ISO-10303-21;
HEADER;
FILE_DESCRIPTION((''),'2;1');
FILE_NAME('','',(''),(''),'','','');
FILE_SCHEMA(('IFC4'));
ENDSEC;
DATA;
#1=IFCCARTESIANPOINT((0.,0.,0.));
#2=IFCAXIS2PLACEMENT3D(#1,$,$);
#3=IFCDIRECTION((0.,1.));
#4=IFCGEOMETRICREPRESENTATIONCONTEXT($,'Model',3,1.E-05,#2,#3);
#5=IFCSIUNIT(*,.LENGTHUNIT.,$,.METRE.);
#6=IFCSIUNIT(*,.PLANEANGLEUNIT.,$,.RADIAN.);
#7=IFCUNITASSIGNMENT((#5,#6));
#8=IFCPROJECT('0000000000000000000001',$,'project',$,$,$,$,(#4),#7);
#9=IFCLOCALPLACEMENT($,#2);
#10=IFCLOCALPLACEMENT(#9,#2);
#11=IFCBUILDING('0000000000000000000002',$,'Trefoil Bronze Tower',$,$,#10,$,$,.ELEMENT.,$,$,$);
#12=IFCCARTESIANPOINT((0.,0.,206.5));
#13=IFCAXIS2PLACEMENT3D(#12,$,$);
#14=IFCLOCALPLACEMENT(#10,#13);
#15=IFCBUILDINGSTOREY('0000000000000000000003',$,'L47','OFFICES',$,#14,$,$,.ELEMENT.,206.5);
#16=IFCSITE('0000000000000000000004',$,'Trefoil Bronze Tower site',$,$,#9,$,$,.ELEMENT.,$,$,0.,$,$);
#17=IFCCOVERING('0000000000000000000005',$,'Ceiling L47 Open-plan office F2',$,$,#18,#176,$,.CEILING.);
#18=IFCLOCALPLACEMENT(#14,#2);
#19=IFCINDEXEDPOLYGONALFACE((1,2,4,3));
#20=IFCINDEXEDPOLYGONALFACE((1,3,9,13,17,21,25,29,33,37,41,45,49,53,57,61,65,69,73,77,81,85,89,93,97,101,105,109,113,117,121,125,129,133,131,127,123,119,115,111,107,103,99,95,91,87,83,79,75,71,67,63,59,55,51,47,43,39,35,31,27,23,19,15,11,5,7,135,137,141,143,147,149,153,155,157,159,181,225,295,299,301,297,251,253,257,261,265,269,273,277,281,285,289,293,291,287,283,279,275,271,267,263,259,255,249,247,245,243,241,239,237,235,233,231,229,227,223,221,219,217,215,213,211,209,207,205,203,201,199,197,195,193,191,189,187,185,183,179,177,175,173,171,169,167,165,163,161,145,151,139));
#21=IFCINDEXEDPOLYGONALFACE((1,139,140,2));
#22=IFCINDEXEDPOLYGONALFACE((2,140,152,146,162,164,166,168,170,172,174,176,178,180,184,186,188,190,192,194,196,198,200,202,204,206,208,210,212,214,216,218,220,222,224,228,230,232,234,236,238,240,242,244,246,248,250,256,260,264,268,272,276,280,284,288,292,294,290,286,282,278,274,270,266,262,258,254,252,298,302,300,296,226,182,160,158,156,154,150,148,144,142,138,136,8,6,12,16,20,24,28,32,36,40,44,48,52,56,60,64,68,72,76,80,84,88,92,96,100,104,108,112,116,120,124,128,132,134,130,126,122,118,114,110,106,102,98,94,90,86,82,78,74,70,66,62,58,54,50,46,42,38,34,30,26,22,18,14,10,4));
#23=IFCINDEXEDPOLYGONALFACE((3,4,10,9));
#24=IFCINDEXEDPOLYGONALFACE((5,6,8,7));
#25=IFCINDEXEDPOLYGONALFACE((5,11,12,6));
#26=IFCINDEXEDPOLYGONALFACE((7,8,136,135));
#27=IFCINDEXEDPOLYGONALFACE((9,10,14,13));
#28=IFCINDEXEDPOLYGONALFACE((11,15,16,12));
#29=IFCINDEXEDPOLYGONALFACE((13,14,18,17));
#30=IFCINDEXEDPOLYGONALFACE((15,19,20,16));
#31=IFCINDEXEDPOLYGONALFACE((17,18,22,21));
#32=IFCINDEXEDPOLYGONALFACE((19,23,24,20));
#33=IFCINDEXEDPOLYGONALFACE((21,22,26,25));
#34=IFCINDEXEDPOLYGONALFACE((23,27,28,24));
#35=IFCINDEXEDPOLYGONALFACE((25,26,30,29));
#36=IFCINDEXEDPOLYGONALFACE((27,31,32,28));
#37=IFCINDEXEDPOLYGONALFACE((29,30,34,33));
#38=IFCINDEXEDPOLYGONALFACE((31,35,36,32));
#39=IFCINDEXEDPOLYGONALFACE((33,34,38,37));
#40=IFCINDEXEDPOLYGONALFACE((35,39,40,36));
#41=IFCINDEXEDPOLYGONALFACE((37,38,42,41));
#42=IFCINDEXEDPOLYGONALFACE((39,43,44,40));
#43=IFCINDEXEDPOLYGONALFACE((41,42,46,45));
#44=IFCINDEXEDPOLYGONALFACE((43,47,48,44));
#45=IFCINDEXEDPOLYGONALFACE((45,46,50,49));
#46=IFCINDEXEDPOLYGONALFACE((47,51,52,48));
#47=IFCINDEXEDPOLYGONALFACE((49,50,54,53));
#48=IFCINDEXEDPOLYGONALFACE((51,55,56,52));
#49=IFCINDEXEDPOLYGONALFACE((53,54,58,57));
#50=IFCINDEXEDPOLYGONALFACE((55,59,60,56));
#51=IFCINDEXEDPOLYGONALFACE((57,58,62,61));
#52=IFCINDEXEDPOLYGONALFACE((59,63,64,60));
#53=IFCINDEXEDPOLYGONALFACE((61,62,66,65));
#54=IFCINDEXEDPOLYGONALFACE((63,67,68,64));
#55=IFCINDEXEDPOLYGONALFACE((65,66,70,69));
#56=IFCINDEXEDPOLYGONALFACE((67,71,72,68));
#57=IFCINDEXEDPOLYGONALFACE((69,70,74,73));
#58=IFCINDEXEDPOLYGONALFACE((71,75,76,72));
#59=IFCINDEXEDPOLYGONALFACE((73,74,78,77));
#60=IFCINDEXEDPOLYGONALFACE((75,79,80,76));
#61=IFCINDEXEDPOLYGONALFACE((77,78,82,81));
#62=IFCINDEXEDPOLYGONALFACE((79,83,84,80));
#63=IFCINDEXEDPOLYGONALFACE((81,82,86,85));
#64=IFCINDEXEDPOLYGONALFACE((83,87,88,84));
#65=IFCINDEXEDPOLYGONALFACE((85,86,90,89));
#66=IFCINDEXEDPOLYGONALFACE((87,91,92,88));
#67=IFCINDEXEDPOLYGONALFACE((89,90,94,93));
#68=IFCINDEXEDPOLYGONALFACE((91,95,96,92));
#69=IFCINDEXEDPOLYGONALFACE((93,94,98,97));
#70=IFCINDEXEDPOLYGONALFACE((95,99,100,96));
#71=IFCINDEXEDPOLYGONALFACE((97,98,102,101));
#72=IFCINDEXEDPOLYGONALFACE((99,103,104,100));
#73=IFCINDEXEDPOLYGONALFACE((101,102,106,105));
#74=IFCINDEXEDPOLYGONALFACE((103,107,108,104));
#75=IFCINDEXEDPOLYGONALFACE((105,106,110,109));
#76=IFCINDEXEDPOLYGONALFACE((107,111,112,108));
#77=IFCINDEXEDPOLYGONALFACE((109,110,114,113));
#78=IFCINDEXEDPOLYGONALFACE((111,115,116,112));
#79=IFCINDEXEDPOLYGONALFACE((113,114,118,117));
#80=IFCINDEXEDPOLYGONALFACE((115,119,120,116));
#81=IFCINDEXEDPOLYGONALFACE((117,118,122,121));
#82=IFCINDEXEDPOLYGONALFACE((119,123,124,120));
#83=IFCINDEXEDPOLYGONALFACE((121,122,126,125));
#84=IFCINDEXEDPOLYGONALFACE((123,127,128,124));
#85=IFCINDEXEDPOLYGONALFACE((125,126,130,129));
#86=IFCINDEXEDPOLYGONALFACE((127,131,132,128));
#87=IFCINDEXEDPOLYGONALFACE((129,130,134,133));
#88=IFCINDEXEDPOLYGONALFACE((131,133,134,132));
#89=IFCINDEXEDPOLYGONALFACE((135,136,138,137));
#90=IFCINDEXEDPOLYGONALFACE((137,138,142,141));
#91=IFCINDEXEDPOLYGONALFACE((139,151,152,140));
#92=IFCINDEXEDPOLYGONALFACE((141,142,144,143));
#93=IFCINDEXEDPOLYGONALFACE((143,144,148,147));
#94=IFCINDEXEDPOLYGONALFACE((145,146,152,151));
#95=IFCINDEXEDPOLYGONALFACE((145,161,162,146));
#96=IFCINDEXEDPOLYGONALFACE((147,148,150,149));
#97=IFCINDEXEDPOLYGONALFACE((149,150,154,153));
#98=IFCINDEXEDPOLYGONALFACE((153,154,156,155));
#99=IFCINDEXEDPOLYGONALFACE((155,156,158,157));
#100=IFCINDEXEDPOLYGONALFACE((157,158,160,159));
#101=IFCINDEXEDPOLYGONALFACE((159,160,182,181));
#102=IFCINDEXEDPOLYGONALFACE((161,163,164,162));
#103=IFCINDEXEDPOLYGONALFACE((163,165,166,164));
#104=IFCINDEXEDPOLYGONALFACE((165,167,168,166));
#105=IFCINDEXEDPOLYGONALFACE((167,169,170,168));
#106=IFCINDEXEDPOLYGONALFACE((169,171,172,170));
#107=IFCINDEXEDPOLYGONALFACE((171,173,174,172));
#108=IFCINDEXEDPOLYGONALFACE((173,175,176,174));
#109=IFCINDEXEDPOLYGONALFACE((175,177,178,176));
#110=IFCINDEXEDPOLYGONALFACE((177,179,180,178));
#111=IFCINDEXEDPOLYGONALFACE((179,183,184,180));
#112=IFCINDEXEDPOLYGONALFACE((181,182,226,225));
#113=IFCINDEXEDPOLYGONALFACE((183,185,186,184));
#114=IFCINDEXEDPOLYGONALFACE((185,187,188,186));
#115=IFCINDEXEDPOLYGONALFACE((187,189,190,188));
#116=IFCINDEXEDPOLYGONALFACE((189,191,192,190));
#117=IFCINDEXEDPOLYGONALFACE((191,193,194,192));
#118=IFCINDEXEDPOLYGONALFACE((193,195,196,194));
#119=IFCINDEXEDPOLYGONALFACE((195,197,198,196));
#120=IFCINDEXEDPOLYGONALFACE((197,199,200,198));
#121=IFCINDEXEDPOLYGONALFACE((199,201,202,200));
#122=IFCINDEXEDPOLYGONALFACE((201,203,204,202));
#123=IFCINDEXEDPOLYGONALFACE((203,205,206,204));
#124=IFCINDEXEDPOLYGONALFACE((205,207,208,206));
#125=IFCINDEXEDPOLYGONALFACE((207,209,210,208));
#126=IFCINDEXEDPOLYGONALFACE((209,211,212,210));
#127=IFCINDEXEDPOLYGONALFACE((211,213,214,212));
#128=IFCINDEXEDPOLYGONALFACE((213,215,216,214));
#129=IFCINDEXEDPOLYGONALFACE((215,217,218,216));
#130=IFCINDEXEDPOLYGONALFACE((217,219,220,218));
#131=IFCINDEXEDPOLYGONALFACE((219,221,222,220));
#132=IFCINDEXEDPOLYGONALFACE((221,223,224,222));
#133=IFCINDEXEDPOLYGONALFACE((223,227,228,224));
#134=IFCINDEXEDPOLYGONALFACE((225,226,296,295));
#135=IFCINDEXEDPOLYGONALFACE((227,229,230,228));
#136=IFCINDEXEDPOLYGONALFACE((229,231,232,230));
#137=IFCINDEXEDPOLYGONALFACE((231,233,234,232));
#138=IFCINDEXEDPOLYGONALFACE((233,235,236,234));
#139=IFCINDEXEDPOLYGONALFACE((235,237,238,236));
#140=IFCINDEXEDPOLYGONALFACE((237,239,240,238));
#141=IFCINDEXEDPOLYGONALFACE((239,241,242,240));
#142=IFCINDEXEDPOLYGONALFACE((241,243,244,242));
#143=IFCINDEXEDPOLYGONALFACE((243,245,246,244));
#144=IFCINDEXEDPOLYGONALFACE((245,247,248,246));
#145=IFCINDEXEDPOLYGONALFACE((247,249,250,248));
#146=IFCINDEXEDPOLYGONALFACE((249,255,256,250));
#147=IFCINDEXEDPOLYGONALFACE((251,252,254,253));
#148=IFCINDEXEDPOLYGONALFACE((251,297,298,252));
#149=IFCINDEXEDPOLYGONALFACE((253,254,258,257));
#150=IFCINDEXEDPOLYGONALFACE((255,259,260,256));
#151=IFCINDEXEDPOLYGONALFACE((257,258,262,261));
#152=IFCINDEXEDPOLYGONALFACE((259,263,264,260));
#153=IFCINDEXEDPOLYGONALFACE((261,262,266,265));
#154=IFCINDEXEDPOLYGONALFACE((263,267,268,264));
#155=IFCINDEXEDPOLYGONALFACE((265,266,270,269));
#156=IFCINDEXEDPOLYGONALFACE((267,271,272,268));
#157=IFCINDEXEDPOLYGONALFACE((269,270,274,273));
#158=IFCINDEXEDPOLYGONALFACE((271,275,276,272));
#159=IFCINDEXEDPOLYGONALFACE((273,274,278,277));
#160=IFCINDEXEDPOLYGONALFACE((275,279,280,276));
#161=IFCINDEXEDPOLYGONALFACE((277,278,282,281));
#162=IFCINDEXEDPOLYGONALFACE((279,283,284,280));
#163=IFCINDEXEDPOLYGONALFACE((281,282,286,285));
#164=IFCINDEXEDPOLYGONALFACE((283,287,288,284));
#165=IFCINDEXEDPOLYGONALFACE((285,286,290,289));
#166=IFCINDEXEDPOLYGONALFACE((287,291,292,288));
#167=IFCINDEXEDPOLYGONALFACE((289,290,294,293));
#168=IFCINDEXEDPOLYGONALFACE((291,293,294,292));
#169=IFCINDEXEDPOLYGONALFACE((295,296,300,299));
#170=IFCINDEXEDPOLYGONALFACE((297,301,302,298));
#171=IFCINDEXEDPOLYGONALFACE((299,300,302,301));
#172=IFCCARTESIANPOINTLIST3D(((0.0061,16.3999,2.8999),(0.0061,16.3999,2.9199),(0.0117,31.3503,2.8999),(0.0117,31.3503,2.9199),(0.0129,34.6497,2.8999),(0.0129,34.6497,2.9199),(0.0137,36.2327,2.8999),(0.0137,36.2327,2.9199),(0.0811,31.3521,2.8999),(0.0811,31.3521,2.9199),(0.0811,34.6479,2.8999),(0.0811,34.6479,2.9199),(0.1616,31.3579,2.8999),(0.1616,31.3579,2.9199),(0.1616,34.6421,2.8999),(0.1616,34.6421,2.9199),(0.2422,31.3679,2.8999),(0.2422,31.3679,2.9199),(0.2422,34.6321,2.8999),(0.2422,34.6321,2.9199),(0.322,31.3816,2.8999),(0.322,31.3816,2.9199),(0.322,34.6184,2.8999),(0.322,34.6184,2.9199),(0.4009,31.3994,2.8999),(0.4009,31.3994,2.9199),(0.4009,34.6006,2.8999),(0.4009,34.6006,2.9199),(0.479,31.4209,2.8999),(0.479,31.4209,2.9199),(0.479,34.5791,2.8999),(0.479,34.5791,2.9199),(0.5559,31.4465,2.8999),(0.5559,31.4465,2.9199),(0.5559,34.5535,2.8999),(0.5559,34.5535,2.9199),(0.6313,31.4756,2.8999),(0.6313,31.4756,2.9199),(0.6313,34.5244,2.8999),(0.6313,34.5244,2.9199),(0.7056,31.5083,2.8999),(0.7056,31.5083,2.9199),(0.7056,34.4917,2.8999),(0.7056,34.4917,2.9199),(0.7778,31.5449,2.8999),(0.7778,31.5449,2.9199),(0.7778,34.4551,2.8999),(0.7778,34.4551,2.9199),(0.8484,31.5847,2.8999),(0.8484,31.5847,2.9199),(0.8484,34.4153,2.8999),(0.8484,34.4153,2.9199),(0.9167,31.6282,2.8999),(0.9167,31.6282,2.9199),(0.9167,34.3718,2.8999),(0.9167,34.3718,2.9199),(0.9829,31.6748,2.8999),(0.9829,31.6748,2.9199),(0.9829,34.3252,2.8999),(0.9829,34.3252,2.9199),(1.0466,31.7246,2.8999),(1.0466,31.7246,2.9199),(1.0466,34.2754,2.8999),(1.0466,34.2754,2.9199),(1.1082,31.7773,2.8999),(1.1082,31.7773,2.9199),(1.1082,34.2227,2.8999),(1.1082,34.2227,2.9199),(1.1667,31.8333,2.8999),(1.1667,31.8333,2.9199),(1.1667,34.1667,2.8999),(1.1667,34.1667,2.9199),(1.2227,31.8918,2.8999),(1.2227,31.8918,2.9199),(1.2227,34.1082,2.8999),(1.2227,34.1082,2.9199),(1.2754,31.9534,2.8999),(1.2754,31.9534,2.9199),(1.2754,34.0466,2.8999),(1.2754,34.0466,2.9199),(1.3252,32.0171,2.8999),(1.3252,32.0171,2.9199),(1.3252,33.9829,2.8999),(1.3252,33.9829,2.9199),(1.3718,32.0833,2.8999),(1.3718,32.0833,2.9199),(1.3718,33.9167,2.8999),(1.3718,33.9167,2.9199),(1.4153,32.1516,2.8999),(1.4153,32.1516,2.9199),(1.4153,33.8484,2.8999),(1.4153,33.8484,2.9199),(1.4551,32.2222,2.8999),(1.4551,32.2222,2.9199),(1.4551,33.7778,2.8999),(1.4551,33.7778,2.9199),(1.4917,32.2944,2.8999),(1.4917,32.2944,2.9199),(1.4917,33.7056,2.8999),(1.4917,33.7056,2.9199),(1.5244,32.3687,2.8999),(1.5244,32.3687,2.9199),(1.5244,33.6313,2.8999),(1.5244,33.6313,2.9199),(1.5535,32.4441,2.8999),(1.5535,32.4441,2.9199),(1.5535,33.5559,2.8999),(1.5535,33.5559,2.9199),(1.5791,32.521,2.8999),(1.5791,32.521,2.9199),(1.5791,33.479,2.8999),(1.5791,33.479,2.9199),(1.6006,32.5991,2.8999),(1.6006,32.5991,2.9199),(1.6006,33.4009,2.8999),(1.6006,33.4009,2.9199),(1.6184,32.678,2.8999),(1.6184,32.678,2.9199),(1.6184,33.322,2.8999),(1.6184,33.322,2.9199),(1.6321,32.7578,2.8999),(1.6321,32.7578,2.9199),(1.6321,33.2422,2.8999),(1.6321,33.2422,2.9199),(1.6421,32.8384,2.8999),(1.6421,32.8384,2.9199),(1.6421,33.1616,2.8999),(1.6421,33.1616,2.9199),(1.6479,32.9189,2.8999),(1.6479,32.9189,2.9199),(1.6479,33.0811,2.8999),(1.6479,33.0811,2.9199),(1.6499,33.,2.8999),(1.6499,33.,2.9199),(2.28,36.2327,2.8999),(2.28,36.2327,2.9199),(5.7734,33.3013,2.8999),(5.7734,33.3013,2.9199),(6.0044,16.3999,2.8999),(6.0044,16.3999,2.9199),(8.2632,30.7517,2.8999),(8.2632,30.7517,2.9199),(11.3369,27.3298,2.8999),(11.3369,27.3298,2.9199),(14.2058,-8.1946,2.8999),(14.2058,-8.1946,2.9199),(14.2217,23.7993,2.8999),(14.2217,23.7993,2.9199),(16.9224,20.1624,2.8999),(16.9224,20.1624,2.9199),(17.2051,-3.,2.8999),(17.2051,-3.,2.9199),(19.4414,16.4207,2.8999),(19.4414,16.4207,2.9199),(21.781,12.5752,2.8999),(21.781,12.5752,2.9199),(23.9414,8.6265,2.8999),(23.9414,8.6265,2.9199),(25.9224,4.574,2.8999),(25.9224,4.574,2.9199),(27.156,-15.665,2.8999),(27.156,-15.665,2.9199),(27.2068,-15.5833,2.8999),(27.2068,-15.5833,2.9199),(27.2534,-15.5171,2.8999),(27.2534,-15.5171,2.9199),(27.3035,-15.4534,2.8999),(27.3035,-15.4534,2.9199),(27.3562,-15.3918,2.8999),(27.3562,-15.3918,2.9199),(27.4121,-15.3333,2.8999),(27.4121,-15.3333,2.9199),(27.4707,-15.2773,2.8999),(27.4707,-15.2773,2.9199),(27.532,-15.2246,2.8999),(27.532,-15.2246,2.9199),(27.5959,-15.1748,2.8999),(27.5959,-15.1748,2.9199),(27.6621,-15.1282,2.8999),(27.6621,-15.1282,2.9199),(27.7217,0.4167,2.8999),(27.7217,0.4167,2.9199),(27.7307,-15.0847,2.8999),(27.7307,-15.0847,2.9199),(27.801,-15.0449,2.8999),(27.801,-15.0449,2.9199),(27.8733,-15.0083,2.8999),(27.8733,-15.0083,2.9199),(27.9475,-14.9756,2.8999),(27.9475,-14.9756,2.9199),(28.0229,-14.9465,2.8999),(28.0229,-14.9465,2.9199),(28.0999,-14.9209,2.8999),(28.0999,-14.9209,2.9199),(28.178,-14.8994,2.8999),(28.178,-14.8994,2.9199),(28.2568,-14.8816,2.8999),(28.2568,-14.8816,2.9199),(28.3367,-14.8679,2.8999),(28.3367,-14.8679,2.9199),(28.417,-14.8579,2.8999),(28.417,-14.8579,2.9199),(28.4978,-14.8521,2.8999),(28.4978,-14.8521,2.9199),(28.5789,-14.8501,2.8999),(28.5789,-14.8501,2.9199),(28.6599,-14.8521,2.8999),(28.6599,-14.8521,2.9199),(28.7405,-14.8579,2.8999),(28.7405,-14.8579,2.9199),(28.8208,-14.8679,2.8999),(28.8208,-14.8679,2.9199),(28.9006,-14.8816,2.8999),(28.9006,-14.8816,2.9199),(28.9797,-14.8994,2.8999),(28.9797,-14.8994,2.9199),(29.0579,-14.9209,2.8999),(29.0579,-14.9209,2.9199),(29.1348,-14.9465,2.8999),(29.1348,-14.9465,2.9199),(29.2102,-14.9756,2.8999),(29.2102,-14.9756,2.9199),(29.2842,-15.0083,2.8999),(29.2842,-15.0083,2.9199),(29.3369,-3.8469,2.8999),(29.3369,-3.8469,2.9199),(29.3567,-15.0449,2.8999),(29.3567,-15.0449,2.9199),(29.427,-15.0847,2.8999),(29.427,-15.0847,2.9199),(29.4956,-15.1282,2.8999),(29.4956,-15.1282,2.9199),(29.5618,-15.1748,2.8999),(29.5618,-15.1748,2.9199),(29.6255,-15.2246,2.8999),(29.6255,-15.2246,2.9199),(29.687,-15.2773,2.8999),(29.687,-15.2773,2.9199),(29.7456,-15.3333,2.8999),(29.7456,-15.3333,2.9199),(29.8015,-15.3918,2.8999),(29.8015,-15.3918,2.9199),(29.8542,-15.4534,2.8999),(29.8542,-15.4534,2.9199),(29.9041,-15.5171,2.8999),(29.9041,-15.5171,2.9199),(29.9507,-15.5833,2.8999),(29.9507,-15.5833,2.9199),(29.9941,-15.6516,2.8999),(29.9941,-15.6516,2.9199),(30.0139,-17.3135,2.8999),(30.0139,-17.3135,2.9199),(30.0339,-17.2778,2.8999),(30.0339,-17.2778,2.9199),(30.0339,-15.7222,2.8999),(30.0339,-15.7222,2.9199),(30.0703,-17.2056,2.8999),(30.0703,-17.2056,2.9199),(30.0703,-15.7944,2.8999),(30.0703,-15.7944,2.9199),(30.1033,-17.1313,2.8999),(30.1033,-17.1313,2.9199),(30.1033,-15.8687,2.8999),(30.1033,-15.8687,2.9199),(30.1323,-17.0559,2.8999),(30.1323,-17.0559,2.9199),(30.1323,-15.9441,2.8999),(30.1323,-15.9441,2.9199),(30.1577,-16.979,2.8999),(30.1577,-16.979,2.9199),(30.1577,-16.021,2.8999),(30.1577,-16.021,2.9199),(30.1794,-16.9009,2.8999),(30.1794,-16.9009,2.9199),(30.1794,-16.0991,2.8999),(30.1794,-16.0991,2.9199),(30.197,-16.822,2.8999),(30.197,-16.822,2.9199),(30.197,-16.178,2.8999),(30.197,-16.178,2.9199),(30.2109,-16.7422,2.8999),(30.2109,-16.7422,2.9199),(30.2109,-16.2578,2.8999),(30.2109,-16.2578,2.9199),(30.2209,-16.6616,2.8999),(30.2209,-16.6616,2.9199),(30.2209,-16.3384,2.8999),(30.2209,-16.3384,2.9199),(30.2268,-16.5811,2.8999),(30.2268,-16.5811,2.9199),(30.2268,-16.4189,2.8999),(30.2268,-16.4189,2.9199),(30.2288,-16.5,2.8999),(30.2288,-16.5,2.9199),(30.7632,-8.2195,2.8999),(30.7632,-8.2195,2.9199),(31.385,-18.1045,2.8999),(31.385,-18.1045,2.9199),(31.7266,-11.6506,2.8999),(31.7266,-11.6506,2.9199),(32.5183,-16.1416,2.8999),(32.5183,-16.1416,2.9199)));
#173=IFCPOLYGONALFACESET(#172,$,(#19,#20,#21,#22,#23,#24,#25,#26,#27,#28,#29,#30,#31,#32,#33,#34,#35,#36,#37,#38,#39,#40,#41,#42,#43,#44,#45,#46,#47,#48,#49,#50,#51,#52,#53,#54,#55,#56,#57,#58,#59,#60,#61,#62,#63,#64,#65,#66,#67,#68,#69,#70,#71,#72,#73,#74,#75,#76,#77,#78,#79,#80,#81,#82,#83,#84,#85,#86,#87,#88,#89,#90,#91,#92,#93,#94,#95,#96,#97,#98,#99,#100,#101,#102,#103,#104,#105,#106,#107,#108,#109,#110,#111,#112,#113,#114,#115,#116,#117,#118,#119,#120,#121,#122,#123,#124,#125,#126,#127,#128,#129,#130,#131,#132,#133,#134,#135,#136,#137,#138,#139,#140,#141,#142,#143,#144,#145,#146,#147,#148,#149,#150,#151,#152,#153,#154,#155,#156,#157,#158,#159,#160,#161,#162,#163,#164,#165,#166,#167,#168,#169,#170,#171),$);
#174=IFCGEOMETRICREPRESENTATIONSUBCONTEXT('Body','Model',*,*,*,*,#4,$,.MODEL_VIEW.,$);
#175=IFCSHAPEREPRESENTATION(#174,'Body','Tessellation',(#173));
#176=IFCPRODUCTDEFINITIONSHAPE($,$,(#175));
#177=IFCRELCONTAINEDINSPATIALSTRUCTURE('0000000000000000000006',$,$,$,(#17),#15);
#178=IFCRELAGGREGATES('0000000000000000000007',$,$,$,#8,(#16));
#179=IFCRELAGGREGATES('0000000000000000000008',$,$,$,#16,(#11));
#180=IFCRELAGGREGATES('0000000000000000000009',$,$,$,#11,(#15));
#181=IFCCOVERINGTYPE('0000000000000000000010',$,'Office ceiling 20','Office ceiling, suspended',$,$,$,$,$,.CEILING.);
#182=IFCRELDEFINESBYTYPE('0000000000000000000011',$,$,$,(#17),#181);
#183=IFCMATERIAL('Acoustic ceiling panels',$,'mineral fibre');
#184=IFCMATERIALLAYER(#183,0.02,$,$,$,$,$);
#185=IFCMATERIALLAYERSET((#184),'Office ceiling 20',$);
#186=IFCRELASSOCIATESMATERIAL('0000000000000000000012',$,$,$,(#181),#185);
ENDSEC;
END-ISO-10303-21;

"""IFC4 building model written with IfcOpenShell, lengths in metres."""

from ifc_helpers import new_model, si_unit, direction, frame, origin, place, context, subcontext, project, spatial, polyline, outline, extrude, material, layer, layer_set, type_object, element, save


model = new_model("IFC4")

# Units and contexts
model_context = context("Model", 3, precision=1e-05, world=origin(), true_north=direction((0.0, 1.0)))
body_context = subcontext(model_context, "Body", "Model", "MODEL_VIEW")
ifc_project = project(units=[si_unit("LENGTHUNIT", "METRE"), si_unit("PLANEANGLEUNIT", "RADIAN")], contexts=[model_context])

# Site, building, storey
site_placement = place(None, origin())
site = spatial("IfcSite", under=ifc_project, at=site_placement, Name="Trefoil Bronze Tower site", CompositionType="ELEMENT", RefElevation=0.0)
building_placement = place(site_placement, origin())
building = spatial("IfcBuilding", under=site, at=building_placement, Name="Trefoil Bronze Tower", CompositionType="ELEMENT")
storey_placement = place(building_placement, frame((0.0, 0.0, 206.5)))
storey = spatial("IfcBuildingStorey", under=building, at=storey_placement, Name="L47", Description="OFFICES", CompositionType="ELEMENT", Elevation=206.5)

# Covering
ifc_material_1 = material(Name="Acoustic ceiling panels", Category="mineral fibre")
ifc_layer_1 = layer(ifc_material_1, 0.02)
ifc_layer_set_1 = layer_set([ifc_layer_1], Name="Office ceiling 20")
covering_type_1 = type_object("IfcCoveringType", Name="Office ceiling 20", Description="Office ceiling, suspended", PredefinedType="CEILING", material=ifc_layer_set_1)
covering_1_placement = place(storey_placement, frame((0.0, 0.0, 2.8999)))
element("IfcCovering", 1, at=covering_1_placement, inside=storey, type_object=covering_type_1, Name="Ceiling L47 Open-plan office F2", PredefinedType="CEILING", context=body_context, shape_type="SweptSolid", body=[
    extrude(outline(polyline([(8.2632, 30.7517), (11.3369, 27.3298), (14.2217, 23.7993), (16.9224, 20.1624), (19.4414, 16.4207), (21.781, 12.5752), (23.9414, 8.6265), (25.9224, 4.574), (27.7217, 0.4167), (29.3369, -3.8469), (30.7632, -8.2195), (31.7266, -11.6506), (32.5183, -16.1416), (31.385, -18.1045), (30.0139, -17.3135), (30.0339, -17.2778), (30.0703, -17.2056), (30.1033, -17.1313), (30.1323, -17.0559), (30.1577, -16.979), (30.1794, -16.9009), (30.197, -16.822), (30.2109, -16.7422), (30.2209, -16.6616), (30.2268, -16.5811), (30.2288, -16.5), (30.2268, -16.4189), (30.2209, -16.3384), (30.2109, -16.2578), (30.197, -16.178), (30.1794, -16.0991), (30.1577, -16.021), (30.1323, -15.9441), (30.1033, -15.8687), (30.0703, -15.7944), (30.0339, -15.7222), (29.9941, -15.6516), (29.9507, -15.5833), (29.9041, -15.5171), (29.8542, -15.4534), (29.8015, -15.3918), (29.7456, -15.3333), (29.687, -15.2773), (29.6255, -15.2246), (29.5618, -15.1748), (29.4956, -15.1282), (29.427, -15.0847), (29.3567, -15.0449), (29.2842, -15.0083), (29.2102, -14.9756), (29.1348, -14.9465), (29.0579, -14.9209), (28.9797, -14.8994), (28.9006, -14.8816), (28.8208, -14.8679), (28.7405, -14.8579), (28.6599, -14.8521), (28.5789, -14.8501), (28.4978, -14.8521), (28.417, -14.8579), (28.3367, -14.8679), (28.2568, -14.8816), (28.178, -14.8994), (28.0999, -14.9209), (28.0229, -14.9465), (27.9475, -14.9756), (27.8733, -15.0083), (27.801, -15.0449), (27.7307, -15.0847), (27.6621, -15.1282), (27.5959, -15.1748), (27.532, -15.2246), (27.4707, -15.2773), (27.4121, -15.3333), (27.3562, -15.3918), (27.3035, -15.4534), (27.2534, -15.5171), (27.2068, -15.5833), (27.156, -15.665), (14.2058, -8.1946), (17.2051, -3.0), (6.0044, 16.3999), (0.0061, 16.3999), (0.0117, 31.3503), (0.0811, 31.3521), (0.1616, 31.3579), (0.2422, 31.3679), (0.322, 31.3816), (0.4009, 31.3994), (0.479, 31.4209), (0.5559, 31.4465), (0.6313, 31.4756), (0.7056, 31.5083), (0.7778, 31.5449), (0.8484, 31.5847), (0.9167, 31.6282), (0.9829, 31.6748), (1.0466, 31.7246), (1.1082, 31.7773), (1.1667, 31.8333), (1.2227, 31.8918), (1.2754, 31.9534), (1.3252, 32.0171), (1.3718, 32.0833), (1.4153, 32.1516), (1.4551, 32.2222), (1.4917, 32.2944), (1.5244, 32.3687), (1.5535, 32.4441), (1.5791, 32.521), (1.6006, 32.5991), (1.6184, 32.678), (1.6321, 32.7578), (1.6421, 32.8384), (1.6479, 32.9189), (1.6499, 33.0), (1.6479, 33.0811), (1.6421, 33.1616), (1.6321, 33.2422), (1.6184, 33.322), (1.6006, 33.4009), (1.5791, 33.479), (1.5535, 33.5559), (1.5244, 33.6313), (1.4917, 33.7056), (1.4551, 33.7778), (1.4153, 33.8484), (1.3718, 33.9167), (1.3252, 33.9829), (1.2754, 34.0466), (1.2227, 34.1082), (1.1667, 34.1667), (1.1082, 34.2227), (1.0466, 34.2754), (0.9829, 34.3252), (0.9167, 34.3718), (0.8484, 34.4153), (0.7778, 34.4551), (0.7056, 34.4917), (0.6313, 34.5244), (0.5559, 34.5535), (0.479, 34.5791), (0.4009, 34.6006), (0.322, 34.6184), (0.2422, 34.6321), (0.1616, 34.6421), (0.0811, 34.6479), (0.0129, 34.6497), (0.0137, 36.2327), (2.28, 36.2327), (5.7734, 33.3013), (8.2632, 30.7517)])), origin(), (0.0, 0.0, 1.0), 0.02),
])

save(model, "model.ifc")
